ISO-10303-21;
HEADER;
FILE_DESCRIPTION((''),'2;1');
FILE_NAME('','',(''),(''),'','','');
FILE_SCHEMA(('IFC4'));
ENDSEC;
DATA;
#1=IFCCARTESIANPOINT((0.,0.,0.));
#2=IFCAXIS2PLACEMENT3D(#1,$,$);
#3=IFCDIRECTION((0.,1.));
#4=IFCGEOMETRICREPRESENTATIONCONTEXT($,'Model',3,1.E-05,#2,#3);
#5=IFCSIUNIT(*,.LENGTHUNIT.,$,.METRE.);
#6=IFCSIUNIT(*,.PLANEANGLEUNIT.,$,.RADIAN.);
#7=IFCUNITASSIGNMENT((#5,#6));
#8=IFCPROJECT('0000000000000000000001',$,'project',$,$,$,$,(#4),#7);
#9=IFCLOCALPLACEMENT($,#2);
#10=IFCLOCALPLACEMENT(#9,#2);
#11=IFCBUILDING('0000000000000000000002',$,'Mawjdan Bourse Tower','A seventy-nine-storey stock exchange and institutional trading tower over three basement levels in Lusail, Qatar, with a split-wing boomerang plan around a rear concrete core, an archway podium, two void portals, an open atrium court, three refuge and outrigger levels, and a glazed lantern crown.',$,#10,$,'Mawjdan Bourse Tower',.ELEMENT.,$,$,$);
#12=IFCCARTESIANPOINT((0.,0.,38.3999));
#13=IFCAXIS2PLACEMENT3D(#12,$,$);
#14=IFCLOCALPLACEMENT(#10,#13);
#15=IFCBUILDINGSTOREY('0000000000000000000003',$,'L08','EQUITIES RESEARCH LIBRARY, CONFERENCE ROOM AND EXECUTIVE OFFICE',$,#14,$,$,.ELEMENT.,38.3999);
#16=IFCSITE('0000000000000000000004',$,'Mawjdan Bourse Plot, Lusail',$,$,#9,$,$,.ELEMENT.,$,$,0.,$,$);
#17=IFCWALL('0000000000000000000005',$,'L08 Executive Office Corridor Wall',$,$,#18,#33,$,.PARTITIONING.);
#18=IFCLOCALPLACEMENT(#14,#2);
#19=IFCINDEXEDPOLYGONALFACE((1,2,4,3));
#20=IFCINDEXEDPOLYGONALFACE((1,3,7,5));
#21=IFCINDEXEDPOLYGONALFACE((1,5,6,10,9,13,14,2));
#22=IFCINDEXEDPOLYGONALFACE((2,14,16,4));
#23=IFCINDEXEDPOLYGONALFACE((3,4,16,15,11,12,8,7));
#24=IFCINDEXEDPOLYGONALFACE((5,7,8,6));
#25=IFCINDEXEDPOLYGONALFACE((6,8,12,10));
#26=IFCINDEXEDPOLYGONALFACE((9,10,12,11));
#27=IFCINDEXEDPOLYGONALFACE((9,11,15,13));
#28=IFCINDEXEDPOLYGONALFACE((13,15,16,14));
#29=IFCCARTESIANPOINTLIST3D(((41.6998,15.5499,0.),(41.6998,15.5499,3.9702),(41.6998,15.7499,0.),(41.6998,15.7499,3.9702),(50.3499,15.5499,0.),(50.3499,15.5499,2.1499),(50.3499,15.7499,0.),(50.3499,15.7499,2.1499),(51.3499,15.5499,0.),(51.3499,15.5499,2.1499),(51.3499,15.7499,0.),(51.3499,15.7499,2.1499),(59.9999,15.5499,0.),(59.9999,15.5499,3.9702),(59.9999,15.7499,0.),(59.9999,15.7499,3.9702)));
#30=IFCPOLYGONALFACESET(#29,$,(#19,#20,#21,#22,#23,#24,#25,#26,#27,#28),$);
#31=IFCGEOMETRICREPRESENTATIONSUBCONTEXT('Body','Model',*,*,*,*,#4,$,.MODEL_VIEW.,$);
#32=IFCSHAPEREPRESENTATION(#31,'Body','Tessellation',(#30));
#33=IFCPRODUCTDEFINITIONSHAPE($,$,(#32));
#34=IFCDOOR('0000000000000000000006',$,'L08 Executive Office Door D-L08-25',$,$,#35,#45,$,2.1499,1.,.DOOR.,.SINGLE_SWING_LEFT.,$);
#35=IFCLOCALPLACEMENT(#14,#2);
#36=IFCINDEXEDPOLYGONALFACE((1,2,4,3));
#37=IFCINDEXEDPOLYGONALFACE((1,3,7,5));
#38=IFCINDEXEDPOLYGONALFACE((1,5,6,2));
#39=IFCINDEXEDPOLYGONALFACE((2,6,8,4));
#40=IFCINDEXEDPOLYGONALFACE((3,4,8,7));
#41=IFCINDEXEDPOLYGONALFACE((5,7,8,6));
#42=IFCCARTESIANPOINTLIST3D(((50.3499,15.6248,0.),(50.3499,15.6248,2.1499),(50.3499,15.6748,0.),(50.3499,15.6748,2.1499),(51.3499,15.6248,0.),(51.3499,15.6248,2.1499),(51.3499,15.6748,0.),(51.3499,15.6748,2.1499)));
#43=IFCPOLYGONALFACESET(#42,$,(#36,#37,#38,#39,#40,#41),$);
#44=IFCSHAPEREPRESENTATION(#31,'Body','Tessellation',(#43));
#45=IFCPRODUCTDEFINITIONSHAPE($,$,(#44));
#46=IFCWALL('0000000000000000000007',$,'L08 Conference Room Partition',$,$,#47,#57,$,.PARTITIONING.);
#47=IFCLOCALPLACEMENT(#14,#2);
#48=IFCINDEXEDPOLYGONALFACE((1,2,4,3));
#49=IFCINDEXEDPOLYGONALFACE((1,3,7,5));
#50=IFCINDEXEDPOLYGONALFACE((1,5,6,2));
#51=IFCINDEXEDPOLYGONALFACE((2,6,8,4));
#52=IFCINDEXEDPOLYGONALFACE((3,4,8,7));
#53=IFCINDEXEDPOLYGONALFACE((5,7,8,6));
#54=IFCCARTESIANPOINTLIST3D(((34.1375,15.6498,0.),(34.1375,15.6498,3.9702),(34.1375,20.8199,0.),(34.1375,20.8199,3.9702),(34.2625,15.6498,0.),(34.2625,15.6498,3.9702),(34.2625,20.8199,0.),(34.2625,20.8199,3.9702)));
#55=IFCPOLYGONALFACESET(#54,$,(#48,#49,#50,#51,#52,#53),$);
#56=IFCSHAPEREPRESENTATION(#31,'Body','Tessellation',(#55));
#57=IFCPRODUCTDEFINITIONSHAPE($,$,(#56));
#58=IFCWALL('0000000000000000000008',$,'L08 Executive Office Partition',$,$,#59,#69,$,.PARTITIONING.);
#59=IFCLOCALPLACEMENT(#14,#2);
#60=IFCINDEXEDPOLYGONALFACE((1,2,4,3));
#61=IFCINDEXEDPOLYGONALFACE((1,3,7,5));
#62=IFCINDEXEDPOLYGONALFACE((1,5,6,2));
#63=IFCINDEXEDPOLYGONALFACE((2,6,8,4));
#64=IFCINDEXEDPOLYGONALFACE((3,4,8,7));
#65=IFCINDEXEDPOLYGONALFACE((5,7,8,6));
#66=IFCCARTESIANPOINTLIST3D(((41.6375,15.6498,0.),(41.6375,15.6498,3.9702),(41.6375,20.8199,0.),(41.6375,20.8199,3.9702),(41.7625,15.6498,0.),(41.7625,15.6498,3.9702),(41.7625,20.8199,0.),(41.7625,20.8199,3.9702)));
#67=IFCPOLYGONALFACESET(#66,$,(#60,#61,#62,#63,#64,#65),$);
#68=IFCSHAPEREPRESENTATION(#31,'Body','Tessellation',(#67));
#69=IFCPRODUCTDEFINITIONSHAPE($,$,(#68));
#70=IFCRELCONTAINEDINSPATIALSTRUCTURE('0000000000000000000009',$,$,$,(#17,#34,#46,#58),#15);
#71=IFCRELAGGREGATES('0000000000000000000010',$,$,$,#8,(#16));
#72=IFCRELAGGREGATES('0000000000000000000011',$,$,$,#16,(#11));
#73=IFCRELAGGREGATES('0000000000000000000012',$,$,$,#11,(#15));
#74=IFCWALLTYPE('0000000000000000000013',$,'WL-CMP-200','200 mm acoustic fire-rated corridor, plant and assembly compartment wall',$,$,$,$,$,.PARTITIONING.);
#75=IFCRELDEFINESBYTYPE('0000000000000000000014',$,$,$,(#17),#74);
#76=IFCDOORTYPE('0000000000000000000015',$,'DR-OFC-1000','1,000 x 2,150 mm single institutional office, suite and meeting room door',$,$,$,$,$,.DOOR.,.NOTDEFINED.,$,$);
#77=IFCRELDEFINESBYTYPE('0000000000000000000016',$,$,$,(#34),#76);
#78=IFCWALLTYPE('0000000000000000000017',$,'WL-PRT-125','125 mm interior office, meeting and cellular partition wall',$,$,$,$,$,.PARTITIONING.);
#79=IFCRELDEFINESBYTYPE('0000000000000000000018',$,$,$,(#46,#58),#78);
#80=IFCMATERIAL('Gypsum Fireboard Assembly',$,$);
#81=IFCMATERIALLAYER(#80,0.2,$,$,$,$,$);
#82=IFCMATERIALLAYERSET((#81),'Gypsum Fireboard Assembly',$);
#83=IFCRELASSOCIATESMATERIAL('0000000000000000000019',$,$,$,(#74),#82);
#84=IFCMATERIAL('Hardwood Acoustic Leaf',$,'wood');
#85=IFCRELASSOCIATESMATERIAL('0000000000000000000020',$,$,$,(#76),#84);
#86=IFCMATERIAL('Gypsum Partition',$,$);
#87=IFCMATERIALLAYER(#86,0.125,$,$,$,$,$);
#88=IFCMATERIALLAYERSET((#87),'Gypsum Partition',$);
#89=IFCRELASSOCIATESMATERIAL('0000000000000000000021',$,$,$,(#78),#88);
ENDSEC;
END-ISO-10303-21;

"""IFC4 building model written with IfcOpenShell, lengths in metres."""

from ifc_helpers import new_model, si_unit, direction, frame, frame_2d, origin, place, context, subcontext, project, spatial, rectangle, extrude, material, layer, layer_set, type_object, element, fill, save


model = new_model("IFC4")

# Units and contexts
model_context = context("Model", 3, precision=1e-05, world=origin(), true_north=direction((0.0, 1.0)))
body_context = subcontext(model_context, "Body", "Model", "MODEL_VIEW")
ifc_project = project(units=[si_unit("LENGTHUNIT", "METRE"), si_unit("PLANEANGLEUNIT", "RADIAN")], contexts=[model_context])

# Site, building, storey
site_placement = place(None, origin())
site = spatial("IfcSite", under=ifc_project, at=site_placement, Name="Mawjdan Bourse Plot, Lusail", CompositionType="ELEMENT", RefElevation=0.0)
building_placement = place(site_placement, origin())
building = spatial("IfcBuilding", under=site, at=building_placement, Name="Mawjdan Bourse Tower", Description="A seventy-nine-storey stock exchange and institutional trading tower over three basement levels in Lusail, Qatar, with a split-wing boomerang plan around a rear concrete core, an archway podium, two void portals, an open atrium court, three refuge and outrigger levels, and a glazed lantern crown.", LongName="Mawjdan Bourse Tower", CompositionType="ELEMENT")
storey_placement = place(building_placement, frame((0.0, 0.0, 38.3999)))
storey = spatial("IfcBuildingStorey", under=building, at=storey_placement, Name="L08", Description="EQUITIES RESEARCH LIBRARY, CONFERENCE ROOM AND EXECUTIVE OFFICE", CompositionType="ELEMENT", Elevation=38.3999)

# Wall, opening, door
ifc_material_1 = material(Name="Gypsum Fireboard Assembly")
ifc_layer_1 = layer(ifc_material_1, 0.2)
ifc_layer_set_1 = layer_set([ifc_layer_1], Name="Gypsum Fireboard Assembly")
wall_type_1 = type_object("IfcWallType", Name="WL-CMP-200", Description="200 mm acoustic fire-rated corridor, plant and assembly compartment wall", PredefinedType="PARTITIONING", material=ifc_layer_set_1)
ifc_material_2 = material(Name="Hardwood Acoustic Leaf", Category="wood")
door_type_1 = type_object("IfcDoorType", Name="DR-OFC-1000", Description="1,000 x 2,150 mm single institutional office, suite and meeting room door", OperationType="NOTDEFINED", PredefinedType="DOOR", material=ifc_material_2)
wall_1_placement = place(storey_placement, frame((41.7, 15.6499, 0.0), z_axis=(0.0, 0.0, 1.0), x_axis=(1.0, 0.0, 0.0)))
wall_1 = element("IfcWall", 1, at=wall_1_placement, inside=storey, type_object=wall_type_1, Name="L08 Executive Office Corridor Wall", PredefinedType="PARTITIONING", context=body_context, shape_type="SweptSolid", body=[
    extrude(rectangle(XDim=18.3, YDim=0.2, at=frame_2d((9.1499, 0.0))), origin(), (0.0, 0.0, 1.0), 3.9702),
])
opening_1_placement = place(wall_1_placement, frame((8.6499, 0.0, 0.0)))
opening_1 = element("IfcOpeningElement", 2, at=opening_1_placement, cuts=wall_1, PredefinedType="OPENING", context=body_context, shape_type="SweptSolid", body=[
    extrude(rectangle(XDim=1.0, YDim=2.1499, at=frame_2d((0.5, 1.075))), frame((0.0, 0.1099, 0.0), z_axis=(0.0, -1.0, 0.0), x_axis=(1.0, 0.0, 0.0)), (0.0, 0.0, 1.0), 0.22),
])
door_1_placement = place(opening_1_placement, origin())
door_1 = element("IfcDoor", 3, at=door_1_placement, inside=storey, type_object=door_type_1, Name="L08 Executive Office Door D-L08-25", OperationType="SINGLE_SWING_LEFT", OverallHeight=2.1499, OverallWidth=1.0, PredefinedType="DOOR", context=body_context, shape_type="SweptSolid", body=[
    extrude(rectangle(XDim=1.0, YDim=2.1499, at=frame_2d((0.5, 1.075))), frame((0.0, 0.0249, 0.0), z_axis=(0.0, -1.0, 0.0), x_axis=(1.0, 0.0, 0.0)), (0.0, 0.0, 1.0), 0.05),
])
fill(opening_1, door_1)

# Walls
ifc_material_3 = material(Name="Gypsum Partition")
ifc_layer_2 = layer(ifc_material_3, 0.125)
ifc_layer_set_2 = layer_set([ifc_layer_2], Name="Gypsum Partition")
wall_type_2 = type_object("IfcWallType", Name="WL-PRT-125", Description="125 mm interior office, meeting and cellular partition wall", PredefinedType="PARTITIONING", material=ifc_layer_set_2)
for number, where, z_axis, x_axis, name in (
    (4, (34.2, 15.6499, 0.0), (0.0, 0.0, 1.0), (0.0, 1.0, 0.0), "L08 Conference Room Partition"),
    (5, (41.7, 15.6499, 0.0), (0.0, 0.0, 1.0), (0.0, 1.0, 0.0), "L08 Executive Office Partition"),
):
    element("IfcWall", number, at=place(storey_placement, frame(where, z_axis=z_axis, x_axis=x_axis)), inside=storey, type_object=wall_type_2, Name=name, PredefinedType="PARTITIONING", context=body_context, shape_type="SweptSolid", body=[
        extrude(rectangle(XDim=5.1702, YDim=0.125, at=frame_2d((2.585, 0.0))), origin(), (0.0, 0.0, 1.0), 3.9702),
    ])

save(model, "model.ifc")
